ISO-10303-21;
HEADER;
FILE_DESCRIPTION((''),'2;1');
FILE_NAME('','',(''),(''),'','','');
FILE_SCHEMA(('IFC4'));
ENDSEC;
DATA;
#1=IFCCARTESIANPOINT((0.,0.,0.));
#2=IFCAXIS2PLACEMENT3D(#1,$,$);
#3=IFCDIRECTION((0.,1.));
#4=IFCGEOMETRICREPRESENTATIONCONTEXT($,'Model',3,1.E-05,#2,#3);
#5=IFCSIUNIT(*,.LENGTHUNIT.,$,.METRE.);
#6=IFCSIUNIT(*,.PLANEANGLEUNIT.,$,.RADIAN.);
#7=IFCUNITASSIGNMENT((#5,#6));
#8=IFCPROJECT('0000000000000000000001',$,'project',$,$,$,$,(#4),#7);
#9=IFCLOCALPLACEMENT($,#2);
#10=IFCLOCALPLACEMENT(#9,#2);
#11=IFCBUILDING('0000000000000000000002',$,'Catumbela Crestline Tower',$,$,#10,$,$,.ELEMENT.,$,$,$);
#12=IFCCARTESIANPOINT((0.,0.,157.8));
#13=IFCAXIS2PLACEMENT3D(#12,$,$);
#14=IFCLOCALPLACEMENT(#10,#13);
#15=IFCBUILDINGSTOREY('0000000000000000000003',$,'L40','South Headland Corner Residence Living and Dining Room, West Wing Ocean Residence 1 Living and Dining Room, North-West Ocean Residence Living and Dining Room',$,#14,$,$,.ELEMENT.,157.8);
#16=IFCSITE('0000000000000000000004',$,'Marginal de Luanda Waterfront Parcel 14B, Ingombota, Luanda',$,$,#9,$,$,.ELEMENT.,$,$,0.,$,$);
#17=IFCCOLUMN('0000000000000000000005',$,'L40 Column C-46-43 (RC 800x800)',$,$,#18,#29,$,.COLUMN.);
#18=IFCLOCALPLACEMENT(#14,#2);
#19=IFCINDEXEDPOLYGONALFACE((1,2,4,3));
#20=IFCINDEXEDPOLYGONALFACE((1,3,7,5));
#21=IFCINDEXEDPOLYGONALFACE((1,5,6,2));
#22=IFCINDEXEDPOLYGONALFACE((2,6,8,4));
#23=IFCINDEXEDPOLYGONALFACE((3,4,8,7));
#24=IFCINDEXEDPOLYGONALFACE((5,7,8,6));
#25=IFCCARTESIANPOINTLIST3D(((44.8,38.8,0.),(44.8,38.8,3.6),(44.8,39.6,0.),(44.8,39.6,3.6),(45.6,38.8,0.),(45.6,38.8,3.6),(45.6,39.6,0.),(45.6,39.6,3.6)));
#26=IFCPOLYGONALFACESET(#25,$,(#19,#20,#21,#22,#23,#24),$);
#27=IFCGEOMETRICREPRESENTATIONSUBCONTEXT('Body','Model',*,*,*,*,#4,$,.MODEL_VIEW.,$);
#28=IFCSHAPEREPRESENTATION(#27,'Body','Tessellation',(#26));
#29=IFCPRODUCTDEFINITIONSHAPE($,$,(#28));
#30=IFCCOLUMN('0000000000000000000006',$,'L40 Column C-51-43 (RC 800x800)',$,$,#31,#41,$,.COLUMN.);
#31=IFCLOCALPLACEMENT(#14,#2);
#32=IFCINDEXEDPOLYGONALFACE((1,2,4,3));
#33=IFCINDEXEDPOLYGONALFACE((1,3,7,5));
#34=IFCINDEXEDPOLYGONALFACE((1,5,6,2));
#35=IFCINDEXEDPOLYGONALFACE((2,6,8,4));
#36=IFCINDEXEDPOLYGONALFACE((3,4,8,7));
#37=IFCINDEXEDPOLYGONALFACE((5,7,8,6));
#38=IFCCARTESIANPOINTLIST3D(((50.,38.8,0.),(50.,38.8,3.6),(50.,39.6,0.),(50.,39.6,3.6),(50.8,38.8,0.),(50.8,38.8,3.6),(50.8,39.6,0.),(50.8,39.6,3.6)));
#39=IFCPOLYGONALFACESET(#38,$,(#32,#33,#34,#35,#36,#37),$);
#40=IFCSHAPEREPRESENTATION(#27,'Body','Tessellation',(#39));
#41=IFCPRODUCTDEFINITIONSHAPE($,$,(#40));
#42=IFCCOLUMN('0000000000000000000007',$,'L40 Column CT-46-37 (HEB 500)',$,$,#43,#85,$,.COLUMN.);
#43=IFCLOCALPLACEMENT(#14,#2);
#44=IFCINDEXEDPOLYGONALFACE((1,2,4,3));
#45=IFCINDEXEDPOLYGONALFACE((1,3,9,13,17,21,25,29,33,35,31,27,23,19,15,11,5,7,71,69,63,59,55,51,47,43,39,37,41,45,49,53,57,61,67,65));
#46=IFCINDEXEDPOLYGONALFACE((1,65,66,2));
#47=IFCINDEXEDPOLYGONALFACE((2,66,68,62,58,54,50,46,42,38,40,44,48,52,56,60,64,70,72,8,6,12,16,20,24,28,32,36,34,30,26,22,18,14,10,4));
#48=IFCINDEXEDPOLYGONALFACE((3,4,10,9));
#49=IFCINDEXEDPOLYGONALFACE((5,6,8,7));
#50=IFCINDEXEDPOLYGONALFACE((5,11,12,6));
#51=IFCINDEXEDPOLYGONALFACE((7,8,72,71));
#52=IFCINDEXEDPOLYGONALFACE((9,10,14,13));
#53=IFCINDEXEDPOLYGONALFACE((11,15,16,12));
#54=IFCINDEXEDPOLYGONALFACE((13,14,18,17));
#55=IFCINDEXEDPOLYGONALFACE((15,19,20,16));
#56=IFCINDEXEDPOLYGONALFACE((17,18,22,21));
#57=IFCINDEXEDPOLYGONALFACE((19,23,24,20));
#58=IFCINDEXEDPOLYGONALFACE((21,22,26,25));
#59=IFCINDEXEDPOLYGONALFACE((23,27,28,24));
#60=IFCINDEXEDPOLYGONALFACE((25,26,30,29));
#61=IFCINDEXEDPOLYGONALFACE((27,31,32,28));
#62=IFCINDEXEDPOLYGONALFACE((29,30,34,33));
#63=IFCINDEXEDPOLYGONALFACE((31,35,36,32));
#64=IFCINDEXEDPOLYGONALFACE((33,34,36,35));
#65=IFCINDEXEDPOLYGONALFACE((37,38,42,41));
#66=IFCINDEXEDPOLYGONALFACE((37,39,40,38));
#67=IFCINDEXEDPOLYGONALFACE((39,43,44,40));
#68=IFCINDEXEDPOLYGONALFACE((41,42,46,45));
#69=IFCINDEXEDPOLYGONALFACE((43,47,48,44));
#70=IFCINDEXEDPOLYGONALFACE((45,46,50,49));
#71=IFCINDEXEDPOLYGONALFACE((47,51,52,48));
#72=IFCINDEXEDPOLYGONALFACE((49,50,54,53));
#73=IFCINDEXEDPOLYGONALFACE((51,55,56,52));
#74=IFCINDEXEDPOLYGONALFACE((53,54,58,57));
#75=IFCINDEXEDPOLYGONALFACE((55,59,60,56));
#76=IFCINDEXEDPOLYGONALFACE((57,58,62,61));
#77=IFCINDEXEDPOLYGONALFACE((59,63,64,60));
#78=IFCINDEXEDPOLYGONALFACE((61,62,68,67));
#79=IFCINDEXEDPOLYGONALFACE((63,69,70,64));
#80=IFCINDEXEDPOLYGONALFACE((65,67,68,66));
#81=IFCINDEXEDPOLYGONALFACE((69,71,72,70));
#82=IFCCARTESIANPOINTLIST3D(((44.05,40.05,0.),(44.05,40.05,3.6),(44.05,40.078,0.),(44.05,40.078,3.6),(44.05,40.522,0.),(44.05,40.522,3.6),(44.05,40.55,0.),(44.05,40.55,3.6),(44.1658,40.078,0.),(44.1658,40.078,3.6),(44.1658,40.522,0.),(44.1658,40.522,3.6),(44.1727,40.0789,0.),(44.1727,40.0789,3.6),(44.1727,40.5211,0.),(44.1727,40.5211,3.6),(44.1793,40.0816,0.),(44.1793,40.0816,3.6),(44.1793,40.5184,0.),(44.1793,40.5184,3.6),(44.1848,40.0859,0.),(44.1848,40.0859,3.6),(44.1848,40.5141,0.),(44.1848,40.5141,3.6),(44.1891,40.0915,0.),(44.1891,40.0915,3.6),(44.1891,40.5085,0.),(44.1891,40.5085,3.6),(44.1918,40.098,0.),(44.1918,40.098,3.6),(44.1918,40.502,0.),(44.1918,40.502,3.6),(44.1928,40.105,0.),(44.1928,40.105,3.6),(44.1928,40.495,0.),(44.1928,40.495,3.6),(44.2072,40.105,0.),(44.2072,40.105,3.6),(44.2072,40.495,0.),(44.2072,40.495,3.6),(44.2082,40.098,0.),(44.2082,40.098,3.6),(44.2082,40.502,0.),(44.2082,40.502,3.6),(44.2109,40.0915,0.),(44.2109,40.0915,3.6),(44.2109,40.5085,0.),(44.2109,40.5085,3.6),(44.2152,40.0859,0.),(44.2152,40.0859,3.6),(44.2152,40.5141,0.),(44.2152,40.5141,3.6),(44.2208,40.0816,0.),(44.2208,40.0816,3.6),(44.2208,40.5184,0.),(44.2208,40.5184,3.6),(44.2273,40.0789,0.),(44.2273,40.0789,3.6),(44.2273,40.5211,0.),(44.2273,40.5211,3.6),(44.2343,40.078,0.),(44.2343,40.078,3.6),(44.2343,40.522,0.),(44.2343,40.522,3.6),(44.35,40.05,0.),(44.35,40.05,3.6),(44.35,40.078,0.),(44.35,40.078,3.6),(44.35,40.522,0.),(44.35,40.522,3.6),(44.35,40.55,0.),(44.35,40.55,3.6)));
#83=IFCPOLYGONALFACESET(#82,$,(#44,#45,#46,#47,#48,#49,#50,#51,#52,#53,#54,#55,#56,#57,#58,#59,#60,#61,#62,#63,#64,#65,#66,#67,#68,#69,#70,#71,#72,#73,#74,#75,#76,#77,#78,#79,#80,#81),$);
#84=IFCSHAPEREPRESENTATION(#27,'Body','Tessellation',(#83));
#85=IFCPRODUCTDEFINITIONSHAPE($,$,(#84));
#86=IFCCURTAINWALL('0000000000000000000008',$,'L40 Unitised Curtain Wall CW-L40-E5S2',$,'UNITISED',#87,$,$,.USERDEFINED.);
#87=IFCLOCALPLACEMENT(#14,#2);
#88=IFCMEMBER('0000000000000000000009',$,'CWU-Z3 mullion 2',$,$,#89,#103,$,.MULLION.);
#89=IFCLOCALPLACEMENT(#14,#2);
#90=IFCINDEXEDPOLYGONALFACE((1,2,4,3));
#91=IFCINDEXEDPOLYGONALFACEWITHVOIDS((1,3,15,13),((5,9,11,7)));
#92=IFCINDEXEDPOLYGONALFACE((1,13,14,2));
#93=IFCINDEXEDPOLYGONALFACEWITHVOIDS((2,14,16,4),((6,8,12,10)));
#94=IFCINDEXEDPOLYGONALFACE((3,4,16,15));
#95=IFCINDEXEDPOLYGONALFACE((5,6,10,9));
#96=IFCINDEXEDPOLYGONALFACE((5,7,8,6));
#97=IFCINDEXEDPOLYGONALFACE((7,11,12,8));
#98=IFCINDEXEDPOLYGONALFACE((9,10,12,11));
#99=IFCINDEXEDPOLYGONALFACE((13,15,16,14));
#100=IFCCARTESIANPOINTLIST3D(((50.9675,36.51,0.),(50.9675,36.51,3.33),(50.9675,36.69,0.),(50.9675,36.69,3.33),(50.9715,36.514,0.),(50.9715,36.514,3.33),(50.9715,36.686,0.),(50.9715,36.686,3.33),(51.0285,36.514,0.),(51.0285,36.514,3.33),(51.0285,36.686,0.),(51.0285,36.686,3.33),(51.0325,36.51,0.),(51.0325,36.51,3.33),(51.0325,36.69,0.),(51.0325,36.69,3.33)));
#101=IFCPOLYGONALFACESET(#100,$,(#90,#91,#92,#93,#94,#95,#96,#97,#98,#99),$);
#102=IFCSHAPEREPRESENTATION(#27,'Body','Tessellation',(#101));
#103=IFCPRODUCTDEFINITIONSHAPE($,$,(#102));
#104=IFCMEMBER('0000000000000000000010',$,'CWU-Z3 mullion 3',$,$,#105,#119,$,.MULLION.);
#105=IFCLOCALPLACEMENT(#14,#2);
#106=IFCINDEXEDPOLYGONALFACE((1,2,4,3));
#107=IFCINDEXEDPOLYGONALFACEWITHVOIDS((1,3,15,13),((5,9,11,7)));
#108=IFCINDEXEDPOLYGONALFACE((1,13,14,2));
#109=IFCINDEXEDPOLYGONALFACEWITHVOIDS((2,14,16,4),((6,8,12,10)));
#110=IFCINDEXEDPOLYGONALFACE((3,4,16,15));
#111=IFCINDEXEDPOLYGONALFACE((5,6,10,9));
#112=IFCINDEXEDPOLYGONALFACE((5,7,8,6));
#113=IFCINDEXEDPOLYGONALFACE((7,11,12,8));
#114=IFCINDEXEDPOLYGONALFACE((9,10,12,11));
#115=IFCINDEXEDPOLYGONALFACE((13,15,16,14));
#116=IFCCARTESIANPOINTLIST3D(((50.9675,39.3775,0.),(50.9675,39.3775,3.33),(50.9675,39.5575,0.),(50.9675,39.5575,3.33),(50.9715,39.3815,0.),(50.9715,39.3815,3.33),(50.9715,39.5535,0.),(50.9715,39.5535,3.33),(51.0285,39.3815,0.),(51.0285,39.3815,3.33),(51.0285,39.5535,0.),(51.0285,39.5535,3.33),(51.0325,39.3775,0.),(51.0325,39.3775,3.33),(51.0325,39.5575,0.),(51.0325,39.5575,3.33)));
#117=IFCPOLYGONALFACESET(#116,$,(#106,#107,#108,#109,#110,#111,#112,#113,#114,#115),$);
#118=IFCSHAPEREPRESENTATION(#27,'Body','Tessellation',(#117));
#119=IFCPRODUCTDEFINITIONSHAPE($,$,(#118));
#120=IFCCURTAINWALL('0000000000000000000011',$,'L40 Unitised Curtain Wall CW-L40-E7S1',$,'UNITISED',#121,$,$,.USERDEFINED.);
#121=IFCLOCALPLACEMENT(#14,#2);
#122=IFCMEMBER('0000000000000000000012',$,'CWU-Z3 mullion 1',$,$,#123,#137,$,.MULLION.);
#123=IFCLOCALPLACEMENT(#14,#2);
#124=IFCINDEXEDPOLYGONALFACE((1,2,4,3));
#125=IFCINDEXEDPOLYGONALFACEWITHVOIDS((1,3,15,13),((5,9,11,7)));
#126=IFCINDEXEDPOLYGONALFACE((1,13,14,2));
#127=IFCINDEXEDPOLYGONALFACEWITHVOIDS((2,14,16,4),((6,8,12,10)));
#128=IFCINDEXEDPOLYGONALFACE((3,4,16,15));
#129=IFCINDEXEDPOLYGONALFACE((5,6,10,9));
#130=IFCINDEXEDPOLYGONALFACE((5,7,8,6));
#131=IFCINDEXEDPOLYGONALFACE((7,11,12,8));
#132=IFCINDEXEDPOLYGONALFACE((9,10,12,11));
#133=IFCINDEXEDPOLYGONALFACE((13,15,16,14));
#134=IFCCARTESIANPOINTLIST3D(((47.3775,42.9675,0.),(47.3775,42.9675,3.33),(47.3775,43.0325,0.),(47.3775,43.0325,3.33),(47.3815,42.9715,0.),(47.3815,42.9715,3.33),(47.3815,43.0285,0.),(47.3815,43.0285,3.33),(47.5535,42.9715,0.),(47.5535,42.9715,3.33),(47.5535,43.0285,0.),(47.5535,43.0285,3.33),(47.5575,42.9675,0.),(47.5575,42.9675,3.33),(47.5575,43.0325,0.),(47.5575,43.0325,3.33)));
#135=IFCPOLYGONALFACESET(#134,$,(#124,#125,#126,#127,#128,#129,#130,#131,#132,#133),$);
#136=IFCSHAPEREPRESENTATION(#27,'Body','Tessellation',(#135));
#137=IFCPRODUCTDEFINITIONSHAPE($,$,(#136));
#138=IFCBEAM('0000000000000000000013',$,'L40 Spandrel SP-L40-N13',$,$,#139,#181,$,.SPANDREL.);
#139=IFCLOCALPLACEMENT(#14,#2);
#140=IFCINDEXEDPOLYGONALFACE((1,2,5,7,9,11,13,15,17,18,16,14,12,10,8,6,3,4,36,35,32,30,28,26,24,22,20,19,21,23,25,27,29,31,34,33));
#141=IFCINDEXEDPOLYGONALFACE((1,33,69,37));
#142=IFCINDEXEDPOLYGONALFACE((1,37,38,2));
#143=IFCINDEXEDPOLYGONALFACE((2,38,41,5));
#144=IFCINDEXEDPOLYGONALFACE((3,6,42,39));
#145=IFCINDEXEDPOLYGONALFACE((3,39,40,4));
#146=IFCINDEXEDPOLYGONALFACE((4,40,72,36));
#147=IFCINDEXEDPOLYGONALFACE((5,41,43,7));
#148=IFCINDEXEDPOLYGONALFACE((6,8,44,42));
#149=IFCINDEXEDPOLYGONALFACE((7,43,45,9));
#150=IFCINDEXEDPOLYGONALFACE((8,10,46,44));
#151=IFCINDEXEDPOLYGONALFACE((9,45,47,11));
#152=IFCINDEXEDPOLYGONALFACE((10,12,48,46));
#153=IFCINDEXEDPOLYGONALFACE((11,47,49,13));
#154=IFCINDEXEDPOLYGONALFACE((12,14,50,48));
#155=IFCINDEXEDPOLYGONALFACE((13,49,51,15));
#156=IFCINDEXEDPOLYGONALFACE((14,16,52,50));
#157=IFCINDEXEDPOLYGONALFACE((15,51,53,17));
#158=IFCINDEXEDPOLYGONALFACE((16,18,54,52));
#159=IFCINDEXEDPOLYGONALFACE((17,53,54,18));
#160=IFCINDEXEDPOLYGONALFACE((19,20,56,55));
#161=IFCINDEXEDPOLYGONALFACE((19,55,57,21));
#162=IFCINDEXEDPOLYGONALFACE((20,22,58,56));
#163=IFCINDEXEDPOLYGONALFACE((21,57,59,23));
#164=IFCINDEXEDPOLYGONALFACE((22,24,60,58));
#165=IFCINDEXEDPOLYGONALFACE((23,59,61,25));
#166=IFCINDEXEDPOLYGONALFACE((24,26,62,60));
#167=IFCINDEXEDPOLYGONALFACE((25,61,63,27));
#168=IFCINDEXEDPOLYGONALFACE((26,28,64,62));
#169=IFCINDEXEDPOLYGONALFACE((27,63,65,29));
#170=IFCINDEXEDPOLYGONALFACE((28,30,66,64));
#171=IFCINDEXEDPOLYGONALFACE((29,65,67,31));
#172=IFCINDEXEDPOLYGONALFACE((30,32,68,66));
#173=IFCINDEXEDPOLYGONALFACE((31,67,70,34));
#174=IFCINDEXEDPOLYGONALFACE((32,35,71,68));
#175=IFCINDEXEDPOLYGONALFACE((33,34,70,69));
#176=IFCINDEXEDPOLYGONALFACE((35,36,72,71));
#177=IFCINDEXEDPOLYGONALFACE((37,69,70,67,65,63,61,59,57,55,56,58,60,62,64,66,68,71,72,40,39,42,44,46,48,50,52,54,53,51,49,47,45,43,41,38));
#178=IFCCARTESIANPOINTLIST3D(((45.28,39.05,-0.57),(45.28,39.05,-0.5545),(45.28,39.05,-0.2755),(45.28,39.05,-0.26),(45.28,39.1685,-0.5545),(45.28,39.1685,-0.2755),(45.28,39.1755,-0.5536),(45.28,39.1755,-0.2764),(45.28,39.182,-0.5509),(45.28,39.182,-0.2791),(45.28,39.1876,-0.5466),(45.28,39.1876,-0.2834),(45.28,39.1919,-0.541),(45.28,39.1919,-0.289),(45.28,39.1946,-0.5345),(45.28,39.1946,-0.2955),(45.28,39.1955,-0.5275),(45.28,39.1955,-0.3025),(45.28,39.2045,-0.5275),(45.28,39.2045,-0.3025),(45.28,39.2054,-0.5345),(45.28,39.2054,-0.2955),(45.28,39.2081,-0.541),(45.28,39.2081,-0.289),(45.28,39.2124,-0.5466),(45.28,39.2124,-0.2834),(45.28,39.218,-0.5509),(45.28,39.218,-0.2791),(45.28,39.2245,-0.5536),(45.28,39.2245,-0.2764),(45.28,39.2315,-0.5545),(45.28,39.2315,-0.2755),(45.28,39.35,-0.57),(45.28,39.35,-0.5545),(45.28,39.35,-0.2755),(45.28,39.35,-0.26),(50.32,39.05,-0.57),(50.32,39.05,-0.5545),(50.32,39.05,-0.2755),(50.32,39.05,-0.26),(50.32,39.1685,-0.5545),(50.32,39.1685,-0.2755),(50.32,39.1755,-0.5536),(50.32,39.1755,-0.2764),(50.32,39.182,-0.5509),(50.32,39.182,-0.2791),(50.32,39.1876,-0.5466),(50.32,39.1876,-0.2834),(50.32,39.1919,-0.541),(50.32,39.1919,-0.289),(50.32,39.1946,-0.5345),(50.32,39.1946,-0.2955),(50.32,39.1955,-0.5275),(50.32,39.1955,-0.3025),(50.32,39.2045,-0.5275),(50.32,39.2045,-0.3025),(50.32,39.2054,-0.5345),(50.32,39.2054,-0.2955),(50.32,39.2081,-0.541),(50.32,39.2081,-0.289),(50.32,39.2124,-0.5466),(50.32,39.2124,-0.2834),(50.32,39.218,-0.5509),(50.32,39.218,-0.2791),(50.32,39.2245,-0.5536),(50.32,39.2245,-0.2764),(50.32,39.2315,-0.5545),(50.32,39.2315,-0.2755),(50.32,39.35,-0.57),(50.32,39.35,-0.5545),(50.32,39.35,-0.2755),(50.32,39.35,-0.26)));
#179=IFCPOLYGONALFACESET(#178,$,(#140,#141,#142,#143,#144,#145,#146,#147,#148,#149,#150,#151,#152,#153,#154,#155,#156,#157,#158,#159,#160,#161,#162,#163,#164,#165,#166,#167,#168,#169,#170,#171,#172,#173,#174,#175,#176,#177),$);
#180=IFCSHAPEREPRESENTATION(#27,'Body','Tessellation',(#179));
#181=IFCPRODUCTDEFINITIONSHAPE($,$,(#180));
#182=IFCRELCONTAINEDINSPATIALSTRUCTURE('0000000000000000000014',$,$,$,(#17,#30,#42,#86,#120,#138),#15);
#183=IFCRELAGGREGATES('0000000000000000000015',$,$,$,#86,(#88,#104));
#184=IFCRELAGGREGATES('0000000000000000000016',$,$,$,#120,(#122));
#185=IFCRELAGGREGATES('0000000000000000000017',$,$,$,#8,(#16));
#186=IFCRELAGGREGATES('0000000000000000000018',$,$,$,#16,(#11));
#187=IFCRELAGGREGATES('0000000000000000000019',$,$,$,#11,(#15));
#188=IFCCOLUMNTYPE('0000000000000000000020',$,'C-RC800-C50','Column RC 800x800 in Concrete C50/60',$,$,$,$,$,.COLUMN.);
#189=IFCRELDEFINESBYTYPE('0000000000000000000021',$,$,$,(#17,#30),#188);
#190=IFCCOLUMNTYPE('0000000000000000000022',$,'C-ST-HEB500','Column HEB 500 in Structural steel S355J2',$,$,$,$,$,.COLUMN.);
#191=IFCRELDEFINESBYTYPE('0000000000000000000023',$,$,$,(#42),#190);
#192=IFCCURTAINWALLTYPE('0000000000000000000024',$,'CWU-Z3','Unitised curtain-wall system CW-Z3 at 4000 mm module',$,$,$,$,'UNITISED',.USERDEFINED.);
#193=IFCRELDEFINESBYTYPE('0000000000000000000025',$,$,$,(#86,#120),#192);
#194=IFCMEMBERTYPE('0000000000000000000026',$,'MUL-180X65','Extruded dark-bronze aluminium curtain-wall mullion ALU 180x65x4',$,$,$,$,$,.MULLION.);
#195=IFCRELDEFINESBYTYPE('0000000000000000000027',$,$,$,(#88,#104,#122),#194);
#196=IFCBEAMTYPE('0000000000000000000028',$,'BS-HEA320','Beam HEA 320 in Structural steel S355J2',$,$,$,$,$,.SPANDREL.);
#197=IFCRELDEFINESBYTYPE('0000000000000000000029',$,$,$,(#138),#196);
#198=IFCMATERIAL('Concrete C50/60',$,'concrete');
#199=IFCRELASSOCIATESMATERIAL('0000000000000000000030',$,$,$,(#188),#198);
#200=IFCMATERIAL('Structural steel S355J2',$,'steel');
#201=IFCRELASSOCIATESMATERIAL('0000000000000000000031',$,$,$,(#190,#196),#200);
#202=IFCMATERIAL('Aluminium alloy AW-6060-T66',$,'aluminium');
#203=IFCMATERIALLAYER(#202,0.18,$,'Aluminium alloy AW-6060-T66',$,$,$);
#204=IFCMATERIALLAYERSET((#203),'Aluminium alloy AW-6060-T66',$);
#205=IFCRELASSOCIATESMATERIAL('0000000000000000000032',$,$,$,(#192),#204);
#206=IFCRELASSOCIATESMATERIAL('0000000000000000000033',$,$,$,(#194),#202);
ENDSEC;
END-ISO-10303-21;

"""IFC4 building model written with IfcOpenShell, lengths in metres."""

from ifc_helpers import new_model, si_unit, direction, frame, origin, origin_2d, place, context, subcontext, project, spatial, rectangle, hollow_rectangle, i_section, extrude, material, layer, layer_set, material_profile, profile_set, type_object, element, aggregate, save


model = new_model("IFC4")

# Units and contexts
model_context = context("Model", 3, precision=1e-05, world=origin(), true_north=direction((0.0, 1.0)))
body_context = subcontext(model_context, "Body", "Model", "MODEL_VIEW")
ifc_project = project(units=[si_unit("LENGTHUNIT", "METRE"), si_unit("PLANEANGLEUNIT", "RADIAN")], contexts=[model_context])

# Site, building, storey
site_placement = place(None, origin())
site = spatial("IfcSite", under=ifc_project, at=site_placement, Name="Marginal de Luanda Waterfront Parcel 14B, Ingombota, Luanda", CompositionType="ELEMENT", RefElevation=0.0)
building_placement = place(site_placement, origin())
building = spatial("IfcBuilding", under=site, at=building_placement, Name="Catumbela Crestline Tower", CompositionType="ELEMENT")
storey_placement = place(building_placement, frame((0.0, 0.0, 157.8)))
storey = spatial("IfcBuildingStorey", under=building, at=storey_placement, Name="L40", Description="South Headland Corner Residence Living and Dining Room, West Wing Ocean Residence 1 Living and Dining Room, North-West Ocean Residence Living and Dining Room", CompositionType="ELEMENT", Elevation=157.8)

# Columns
ifc_material_1 = material(Name="Concrete C50/60", Category="concrete")
ifc_material_profile_1 = material_profile(ifc_material_1, rectangle(XDim=0.8, YDim=0.8, at=origin_2d()), Name="RC 800x800")
ifc_profile_set_1 = profile_set([ifc_material_profile_1], Name="Concrete C50/60")
column_type_1 = type_object("IfcColumnType", Name="C-RC800-C50", Description="Column RC 800x800 in Concrete C50/60", PredefinedType="COLUMN", material=ifc_profile_set_1)
for number, where, z_axis, x_axis, name in (
    (1, (45.2, 39.2, 0.0), (0.0, 0.0, 1.0), (1.0, 0.0, 0.0), "L40 Column C-46-43 (RC 800x800)"),
    (2, (50.4, 39.2, 0.0), (0.0, 0.0, 1.0), (1.0, 0.0, 0.0), "L40 Column C-51-43 (RC 800x800)"),
):
    element("IfcColumn", number, at=place(storey_placement, frame(where, z_axis=z_axis, x_axis=x_axis)), inside=storey, type_object=column_type_1, Name=name, PredefinedType="COLUMN", context=body_context, shape_type="SweptSolid", body=[
        extrude(rectangle(XDim=0.8, YDim=0.8, at=origin_2d()), origin(), (0.0, 0.0, 1.0), 3.6),
    ])
ifc_material_2 = material(Name="Structural steel S355J2", Category="steel")
ifc_material_profile_2 = material_profile(ifc_material_2, i_section(OverallWidth=0.3, OverallDepth=0.5, WebThickness=0.0145, FlangeThickness=0.028, FilletRadius=0.027, at=origin_2d()), Name="HEB 500")
ifc_profile_set_2 = profile_set([ifc_material_profile_2], Name="Structural steel S355J2")
column_type_2 = type_object("IfcColumnType", Name="C-ST-HEB500", Description="Column HEB 500 in Structural steel S355J2", PredefinedType="COLUMN", material=ifc_profile_set_2)
column_placement = place(storey_placement, frame((44.2, 40.3, 0.0), z_axis=(0.0, 0.0, 1.0), x_axis=(1.0, 0.0, 0.0)))
element("IfcColumn", 3, at=column_placement, inside=storey, type_object=column_type_2, Name="L40 Column CT-46-37 (HEB 500)", PredefinedType="COLUMN", context=body_context, shape_type="SweptSolid", body=[
    extrude(i_section(OverallWidth=0.3, OverallDepth=0.5, WebThickness=0.0145, FlangeThickness=0.028, FilletRadius=0.027, at=origin_2d()), origin(), (0.0, 0.0, 1.0), 3.6),
])

# Curtain wall, members
ifc_material_3 = material(Name="Aluminium alloy AW-6060-T66", Category="aluminium")
ifc_layer_1 = layer(ifc_material_3, 0.18, Name="Aluminium alloy AW-6060-T66")
ifc_layer_set_1 = layer_set([ifc_layer_1], Name="Aluminium alloy AW-6060-T66")
curtain_wall_type = type_object("IfcCurtainWallType", Name="CWU-Z3", Description="Unitised curtain-wall system CW-Z3 at 4000 mm module", ElementType="UNITISED", PredefinedType="USERDEFINED", material=ifc_layer_set_1)
curtain_wall_1_placement = place(storey_placement, origin())
curtain_wall_1 = element("IfcCurtainWall", 4, at=curtain_wall_1_placement, inside=storey, type_object=curtain_wall_type, Name="L40 Unitised Curtain Wall CW-L40-E5S2", ObjectType="UNITISED", PredefinedType="USERDEFINED")
ifc_material_profile_3 = material_profile(ifc_material_3, hollow_rectangle(XDim=0.065, YDim=0.18, WallThickness=0.004, at=origin_2d()), Name="ALU 180x65x4")
ifc_profile_set_3 = profile_set([ifc_material_profile_3], Name="Aluminium alloy AW-6060-T66")
member_type_1 = type_object("IfcMemberType", Name="MUL-180X65", Description="Extruded dark-bronze aluminium curtain-wall mullion ALU 180x65x4", PredefinedType="MULLION", material=ifc_profile_set_3)
member_1_placement = place(storey_placement, frame((51.0, 36.6, 0.0), z_axis=(0.0, 0.0, 1.0), x_axis=(-1.0, 0.0, 0.0)))
member_1 = element("IfcMember", 5, at=member_1_placement, type_object=member_type_1, Name="CWU-Z3 mullion 2", PredefinedType="MULLION", context=body_context, shape_type="SweptSolid", body=[
    extrude(hollow_rectangle(XDim=0.065, YDim=0.18, WallThickness=0.004, at=origin_2d()), origin(), (0.0, 0.0, 1.0), 3.33),
])
member_2_placement = place(storey_placement, frame((51.0, 39.4675, 0.0), z_axis=(0.0, 0.0, 1.0), x_axis=(-1.0, 0.0, 0.0)))
member_2 = element("IfcMember", 6, at=member_2_placement, type_object=member_type_1, Name="CWU-Z3 mullion 3", PredefinedType="MULLION", context=body_context, shape_type="SweptSolid", body=[
    extrude(hollow_rectangle(XDim=0.065, YDim=0.18, WallThickness=0.004, at=origin_2d()), origin(), (0.0, 0.0, 1.0), 3.33),
])

# Curtain wall, member
curtain_wall_2_placement = place(storey_placement, origin())
curtain_wall_2 = element("IfcCurtainWall", 7, at=curtain_wall_2_placement, inside=storey, type_object=curtain_wall_type, Name="L40 Unitised Curtain Wall CW-L40-E7S1", ObjectType="UNITISED", PredefinedType="USERDEFINED")
member_3_placement = place(storey_placement, frame((47.4675, 43.0, 0.0), z_axis=(0.0, 0.0, 1.0), x_axis=(0.0, -1.0, 0.0)))
member_3 = element("IfcMember", 8, at=member_3_placement, type_object=member_type_1, Name="CWU-Z3 mullion 1", PredefinedType="MULLION", context=body_context, shape_type="SweptSolid", body=[
    extrude(hollow_rectangle(XDim=0.065, YDim=0.18, WallThickness=0.004, at=origin_2d()), origin(), (0.0, 0.0, 1.0), 3.33),
])

# Beam
ifc_material_profile_4 = material_profile(ifc_material_2, i_section(OverallWidth=0.3, OverallDepth=0.31, WebThickness=0.009, FlangeThickness=0.0155, FilletRadius=0.027, at=origin_2d()), Name="HEA 320")
ifc_profile_set_4 = profile_set([ifc_material_profile_4], Name="Structural steel S355J2")
beam_type = type_object("IfcBeamType", Name="BS-HEA320", Description="Beam HEA 320 in Structural steel S355J2", PredefinedType="SPANDREL", material=ifc_profile_set_4)
beam_1_placement = place(storey_placement, frame((45.28, 39.2, -0.415), z_axis=(1.0, 0.0, 0.0), x_axis=(0.0, 1.0, 0.0)))
element("IfcBeam", 9, at=beam_1_placement, inside=storey, type_object=beam_type, Name="L40 Spandrel SP-L40-N13", PredefinedType="SPANDREL", context=body_context, shape_type="SweptSolid", body=[
    extrude(i_section(OverallWidth=0.3, OverallDepth=0.31, WebThickness=0.009, FlangeThickness=0.0155, FilletRadius=0.027, at=origin_2d()), origin(), (0.0, 0.0, 1.0), 5.04),
])

aggregate(curtain_wall_1, [member_1, member_2])
aggregate(curtain_wall_2, [member_3])

save(model, "model.ifc")
